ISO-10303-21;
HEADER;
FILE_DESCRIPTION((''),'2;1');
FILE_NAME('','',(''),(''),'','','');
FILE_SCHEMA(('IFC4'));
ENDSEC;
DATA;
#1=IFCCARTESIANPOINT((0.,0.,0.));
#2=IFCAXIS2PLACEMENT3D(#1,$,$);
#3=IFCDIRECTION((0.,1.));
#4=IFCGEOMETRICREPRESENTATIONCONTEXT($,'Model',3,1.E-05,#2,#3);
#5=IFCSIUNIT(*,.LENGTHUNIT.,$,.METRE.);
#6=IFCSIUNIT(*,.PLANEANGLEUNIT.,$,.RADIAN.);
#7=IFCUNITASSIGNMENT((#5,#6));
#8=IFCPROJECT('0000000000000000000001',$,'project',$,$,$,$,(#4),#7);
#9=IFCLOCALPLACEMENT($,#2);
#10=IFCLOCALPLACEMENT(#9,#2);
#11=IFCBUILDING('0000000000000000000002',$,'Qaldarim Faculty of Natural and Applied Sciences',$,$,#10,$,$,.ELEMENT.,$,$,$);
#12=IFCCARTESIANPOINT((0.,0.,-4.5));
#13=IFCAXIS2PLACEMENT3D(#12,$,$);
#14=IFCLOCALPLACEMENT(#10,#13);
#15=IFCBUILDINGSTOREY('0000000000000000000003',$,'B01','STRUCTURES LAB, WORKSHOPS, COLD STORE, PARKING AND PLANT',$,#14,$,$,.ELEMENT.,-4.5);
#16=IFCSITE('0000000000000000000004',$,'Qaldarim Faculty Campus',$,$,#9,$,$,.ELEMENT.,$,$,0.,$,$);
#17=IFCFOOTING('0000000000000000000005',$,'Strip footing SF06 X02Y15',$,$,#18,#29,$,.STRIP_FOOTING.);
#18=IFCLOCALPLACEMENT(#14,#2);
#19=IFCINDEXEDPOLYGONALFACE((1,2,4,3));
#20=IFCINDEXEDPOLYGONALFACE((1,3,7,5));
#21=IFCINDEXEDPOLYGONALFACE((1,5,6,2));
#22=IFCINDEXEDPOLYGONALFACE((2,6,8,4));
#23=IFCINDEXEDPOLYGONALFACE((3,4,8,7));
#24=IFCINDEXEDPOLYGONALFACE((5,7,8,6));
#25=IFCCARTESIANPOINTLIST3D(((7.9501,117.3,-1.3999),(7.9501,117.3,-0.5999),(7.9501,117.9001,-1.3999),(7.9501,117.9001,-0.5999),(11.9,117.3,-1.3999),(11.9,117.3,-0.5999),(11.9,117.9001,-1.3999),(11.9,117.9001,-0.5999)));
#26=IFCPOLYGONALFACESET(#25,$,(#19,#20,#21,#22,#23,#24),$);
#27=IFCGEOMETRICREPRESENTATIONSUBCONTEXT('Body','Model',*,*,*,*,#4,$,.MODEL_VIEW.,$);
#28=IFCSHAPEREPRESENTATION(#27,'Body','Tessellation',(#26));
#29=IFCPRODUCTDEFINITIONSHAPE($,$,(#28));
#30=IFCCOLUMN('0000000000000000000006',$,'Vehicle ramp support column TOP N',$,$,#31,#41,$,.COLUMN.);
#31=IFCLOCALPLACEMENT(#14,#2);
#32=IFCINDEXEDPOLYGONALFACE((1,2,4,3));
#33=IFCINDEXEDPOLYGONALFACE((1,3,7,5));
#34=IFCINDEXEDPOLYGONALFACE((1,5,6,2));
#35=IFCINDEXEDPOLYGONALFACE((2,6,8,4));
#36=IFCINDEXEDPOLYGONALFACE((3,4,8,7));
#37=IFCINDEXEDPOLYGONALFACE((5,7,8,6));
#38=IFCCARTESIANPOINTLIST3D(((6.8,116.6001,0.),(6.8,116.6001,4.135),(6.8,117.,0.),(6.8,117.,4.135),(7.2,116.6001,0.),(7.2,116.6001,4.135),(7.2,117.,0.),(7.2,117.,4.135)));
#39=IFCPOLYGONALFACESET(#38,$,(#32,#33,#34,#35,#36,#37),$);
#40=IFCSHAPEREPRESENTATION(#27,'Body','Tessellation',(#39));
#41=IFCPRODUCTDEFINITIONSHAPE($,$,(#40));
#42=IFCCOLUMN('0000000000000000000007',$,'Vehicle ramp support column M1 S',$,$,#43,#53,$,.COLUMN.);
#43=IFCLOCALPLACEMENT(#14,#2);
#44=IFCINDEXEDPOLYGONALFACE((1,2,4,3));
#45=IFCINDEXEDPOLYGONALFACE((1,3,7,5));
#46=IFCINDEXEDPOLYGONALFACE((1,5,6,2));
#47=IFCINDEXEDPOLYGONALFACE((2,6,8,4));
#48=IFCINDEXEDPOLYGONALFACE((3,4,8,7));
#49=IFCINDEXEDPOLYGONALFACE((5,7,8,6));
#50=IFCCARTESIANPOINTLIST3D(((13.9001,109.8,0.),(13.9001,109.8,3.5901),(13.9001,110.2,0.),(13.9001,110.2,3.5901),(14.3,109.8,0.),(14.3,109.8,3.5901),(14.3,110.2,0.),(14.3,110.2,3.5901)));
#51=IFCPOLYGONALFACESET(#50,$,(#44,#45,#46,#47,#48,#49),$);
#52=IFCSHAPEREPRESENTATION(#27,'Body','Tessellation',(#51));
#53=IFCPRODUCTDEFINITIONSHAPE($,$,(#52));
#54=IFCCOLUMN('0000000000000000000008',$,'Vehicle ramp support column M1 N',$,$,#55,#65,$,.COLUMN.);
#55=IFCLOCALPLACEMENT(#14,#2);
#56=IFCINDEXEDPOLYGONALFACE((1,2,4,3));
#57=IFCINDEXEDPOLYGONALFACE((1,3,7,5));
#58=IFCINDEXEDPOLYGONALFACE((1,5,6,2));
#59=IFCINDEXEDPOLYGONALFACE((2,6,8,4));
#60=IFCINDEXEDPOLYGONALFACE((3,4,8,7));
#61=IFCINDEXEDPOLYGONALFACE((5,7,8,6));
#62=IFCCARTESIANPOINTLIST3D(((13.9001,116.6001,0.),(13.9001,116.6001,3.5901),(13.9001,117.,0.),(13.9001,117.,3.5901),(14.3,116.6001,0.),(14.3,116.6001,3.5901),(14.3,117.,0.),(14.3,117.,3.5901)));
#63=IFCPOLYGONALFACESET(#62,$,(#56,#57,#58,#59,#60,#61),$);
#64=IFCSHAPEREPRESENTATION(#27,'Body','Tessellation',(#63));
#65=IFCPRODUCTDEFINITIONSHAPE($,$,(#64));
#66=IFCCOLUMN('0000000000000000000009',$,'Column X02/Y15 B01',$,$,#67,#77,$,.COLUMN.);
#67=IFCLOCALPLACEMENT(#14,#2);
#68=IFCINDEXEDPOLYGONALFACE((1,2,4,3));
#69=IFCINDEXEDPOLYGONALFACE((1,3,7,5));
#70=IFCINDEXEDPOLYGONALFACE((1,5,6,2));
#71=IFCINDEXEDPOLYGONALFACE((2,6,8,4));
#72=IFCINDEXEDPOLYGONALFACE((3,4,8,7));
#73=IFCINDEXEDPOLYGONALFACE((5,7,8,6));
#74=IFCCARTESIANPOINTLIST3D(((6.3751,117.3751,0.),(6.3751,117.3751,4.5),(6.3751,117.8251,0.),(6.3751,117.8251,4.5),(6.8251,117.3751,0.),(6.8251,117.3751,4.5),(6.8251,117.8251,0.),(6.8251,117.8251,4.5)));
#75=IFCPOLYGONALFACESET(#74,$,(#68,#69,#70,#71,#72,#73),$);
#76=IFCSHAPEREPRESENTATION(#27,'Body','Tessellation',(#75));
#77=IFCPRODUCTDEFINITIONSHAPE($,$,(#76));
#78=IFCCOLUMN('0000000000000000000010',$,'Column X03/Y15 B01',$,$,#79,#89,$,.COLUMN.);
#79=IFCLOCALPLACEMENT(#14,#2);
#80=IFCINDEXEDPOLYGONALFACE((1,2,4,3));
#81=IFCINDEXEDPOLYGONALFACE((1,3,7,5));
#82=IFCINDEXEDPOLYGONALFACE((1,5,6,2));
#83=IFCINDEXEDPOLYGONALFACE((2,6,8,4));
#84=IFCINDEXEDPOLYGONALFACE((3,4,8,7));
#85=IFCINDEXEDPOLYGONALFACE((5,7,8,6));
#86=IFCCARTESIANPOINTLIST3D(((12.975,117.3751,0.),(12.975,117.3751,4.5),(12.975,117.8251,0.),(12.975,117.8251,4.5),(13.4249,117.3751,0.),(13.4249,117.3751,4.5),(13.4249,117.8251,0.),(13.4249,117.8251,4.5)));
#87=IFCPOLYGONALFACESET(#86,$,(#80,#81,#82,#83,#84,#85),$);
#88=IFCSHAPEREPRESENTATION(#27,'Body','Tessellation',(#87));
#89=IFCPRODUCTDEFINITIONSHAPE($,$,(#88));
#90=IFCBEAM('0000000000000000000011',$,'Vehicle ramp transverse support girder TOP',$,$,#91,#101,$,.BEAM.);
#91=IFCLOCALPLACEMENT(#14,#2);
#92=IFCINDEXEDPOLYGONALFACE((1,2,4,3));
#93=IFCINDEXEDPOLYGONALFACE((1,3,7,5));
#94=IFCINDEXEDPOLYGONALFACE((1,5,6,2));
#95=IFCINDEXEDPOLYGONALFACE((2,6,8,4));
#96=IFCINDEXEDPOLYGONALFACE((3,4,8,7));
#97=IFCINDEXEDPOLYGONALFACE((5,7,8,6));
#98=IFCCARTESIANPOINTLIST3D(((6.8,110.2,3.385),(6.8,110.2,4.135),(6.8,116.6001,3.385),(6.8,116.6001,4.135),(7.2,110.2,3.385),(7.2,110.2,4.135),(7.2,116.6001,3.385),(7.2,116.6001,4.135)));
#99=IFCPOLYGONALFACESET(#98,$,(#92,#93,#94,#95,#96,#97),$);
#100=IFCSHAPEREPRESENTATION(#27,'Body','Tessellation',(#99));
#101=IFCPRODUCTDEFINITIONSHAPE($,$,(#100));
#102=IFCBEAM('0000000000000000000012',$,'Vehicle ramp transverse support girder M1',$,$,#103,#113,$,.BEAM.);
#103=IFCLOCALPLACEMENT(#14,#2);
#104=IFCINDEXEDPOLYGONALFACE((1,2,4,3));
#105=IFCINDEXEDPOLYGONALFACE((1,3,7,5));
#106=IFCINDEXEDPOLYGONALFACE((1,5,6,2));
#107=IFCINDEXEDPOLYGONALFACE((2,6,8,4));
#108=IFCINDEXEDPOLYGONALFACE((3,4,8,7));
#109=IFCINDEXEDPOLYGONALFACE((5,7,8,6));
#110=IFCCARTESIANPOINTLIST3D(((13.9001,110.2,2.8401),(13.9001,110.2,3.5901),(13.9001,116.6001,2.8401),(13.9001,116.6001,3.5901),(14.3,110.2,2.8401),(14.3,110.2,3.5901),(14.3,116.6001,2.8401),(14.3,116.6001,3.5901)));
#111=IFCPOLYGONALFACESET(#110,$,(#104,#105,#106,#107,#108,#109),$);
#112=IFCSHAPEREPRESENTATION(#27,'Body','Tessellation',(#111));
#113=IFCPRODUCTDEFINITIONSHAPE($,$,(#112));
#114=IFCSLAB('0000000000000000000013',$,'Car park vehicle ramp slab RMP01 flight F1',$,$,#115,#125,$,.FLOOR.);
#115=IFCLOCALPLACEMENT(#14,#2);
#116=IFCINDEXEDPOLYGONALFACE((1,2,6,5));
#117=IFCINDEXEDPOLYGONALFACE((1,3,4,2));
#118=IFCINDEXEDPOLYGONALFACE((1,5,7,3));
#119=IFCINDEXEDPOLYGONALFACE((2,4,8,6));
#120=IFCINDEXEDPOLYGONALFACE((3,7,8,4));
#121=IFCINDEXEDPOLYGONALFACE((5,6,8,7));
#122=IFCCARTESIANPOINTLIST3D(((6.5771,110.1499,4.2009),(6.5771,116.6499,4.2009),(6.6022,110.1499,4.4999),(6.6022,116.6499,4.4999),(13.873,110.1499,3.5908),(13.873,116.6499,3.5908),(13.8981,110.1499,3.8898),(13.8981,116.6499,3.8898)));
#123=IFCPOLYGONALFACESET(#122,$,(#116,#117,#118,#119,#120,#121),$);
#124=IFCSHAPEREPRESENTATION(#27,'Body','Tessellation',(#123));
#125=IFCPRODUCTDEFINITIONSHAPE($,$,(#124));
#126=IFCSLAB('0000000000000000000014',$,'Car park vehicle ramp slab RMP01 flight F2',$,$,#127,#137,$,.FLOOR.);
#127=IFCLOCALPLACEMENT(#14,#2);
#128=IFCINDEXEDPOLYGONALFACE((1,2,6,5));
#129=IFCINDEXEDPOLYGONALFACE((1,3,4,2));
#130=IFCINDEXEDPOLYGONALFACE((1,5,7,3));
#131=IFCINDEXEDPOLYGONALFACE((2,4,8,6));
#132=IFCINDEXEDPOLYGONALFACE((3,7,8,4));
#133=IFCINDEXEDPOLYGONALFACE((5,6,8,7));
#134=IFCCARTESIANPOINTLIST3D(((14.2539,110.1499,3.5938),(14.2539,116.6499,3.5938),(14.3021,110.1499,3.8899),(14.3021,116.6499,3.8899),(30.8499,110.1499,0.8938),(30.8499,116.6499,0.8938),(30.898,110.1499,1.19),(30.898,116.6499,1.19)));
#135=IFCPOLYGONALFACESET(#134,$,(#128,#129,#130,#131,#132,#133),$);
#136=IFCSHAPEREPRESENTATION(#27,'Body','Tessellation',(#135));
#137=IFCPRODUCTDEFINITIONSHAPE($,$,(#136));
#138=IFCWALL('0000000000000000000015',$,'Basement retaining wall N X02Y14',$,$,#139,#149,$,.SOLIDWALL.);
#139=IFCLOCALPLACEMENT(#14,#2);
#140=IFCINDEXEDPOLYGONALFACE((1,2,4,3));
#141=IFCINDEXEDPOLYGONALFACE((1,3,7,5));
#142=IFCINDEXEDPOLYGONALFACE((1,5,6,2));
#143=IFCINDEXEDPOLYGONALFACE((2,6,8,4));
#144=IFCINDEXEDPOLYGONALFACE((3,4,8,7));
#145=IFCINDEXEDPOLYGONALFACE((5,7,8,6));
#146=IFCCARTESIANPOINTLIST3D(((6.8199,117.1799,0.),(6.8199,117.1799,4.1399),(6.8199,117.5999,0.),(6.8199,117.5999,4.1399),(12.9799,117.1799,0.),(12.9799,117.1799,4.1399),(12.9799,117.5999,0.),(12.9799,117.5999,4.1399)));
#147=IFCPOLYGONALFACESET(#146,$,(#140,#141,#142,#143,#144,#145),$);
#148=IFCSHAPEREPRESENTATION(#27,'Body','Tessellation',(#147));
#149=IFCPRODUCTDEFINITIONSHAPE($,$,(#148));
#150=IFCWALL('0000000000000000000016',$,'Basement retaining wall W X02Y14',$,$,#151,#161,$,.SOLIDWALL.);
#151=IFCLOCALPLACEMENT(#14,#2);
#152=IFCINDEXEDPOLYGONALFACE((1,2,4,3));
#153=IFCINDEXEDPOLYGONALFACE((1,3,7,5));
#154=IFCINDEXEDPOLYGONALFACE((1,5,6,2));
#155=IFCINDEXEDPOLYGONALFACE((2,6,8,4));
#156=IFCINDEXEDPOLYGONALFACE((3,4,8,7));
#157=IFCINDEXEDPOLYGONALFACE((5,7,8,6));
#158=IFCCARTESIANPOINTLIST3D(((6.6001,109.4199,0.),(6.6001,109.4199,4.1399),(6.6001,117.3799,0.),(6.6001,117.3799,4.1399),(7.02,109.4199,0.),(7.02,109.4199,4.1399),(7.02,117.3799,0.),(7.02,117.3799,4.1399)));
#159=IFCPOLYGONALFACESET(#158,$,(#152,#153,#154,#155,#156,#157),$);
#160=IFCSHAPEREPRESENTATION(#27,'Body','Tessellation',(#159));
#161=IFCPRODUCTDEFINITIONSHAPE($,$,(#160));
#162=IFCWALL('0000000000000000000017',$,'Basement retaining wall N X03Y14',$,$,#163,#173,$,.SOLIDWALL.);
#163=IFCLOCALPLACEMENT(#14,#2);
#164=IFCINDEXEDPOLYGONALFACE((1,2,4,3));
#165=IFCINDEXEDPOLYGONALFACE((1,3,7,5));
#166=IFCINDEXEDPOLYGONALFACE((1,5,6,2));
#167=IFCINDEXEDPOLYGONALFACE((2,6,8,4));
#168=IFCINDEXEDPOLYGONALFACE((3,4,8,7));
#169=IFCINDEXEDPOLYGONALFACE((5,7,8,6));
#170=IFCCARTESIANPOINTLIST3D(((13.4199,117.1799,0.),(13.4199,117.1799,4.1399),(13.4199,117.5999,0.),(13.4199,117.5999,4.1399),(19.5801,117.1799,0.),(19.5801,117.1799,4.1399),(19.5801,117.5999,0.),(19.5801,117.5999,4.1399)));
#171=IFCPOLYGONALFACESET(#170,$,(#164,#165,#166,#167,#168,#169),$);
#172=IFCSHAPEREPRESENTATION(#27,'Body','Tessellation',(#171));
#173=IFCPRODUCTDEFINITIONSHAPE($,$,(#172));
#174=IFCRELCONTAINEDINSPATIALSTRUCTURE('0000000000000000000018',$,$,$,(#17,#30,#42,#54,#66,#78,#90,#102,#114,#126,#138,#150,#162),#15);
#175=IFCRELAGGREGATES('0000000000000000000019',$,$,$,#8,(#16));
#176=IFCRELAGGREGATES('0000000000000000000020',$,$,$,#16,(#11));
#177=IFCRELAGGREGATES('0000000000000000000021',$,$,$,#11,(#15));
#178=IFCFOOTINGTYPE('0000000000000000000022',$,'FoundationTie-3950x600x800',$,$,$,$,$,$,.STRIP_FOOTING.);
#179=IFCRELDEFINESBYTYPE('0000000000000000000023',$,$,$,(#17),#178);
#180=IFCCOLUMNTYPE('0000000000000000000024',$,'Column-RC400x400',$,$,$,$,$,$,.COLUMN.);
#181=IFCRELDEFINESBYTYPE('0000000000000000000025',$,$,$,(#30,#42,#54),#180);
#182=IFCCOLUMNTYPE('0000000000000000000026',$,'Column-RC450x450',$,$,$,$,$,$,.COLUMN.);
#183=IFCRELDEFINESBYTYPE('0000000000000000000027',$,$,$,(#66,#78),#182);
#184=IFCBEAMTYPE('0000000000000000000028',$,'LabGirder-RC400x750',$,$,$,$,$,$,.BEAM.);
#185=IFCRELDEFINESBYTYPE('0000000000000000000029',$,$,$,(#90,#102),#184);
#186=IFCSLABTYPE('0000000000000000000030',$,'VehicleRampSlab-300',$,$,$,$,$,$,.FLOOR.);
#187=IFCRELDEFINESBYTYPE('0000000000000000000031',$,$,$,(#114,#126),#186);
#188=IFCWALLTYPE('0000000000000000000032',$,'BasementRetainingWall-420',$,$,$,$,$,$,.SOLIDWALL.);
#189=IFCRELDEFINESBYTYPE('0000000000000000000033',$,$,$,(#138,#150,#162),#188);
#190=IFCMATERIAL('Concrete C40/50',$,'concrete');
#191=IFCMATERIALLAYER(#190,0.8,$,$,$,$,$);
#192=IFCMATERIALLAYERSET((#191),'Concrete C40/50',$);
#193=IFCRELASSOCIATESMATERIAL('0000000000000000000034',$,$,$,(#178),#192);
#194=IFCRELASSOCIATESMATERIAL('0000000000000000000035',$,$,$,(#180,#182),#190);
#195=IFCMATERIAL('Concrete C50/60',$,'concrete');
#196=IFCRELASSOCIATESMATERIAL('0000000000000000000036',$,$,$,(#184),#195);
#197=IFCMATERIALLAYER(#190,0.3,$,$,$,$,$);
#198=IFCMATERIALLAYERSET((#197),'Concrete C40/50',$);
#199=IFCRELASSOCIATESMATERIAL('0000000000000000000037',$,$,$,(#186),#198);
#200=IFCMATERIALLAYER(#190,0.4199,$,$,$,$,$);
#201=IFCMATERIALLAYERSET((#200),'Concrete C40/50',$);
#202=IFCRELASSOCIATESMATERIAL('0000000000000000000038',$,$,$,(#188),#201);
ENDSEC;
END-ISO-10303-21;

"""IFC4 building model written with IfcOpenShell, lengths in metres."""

from ifc_helpers import new_model, si_unit, direction, frame, frame_2d, origin, origin_2d, place, context, subcontext, project, spatial, polyline, rectangle, outline, extrude, material, layer, layer_set, material_profile, profile_set, type_object, element, save


model = new_model("IFC4")

# Units and contexts
model_context = context("Model", 3, precision=1e-05, world=origin(), true_north=direction((0.0, 1.0)))
body_context = subcontext(model_context, "Body", "Model", "MODEL_VIEW")
ifc_project = project(units=[si_unit("LENGTHUNIT", "METRE"), si_unit("PLANEANGLEUNIT", "RADIAN")], contexts=[model_context])

# Site, building, storey
site_placement = place(None, origin())
site = spatial("IfcSite", under=ifc_project, at=site_placement, Name="Qaldarim Faculty Campus", CompositionType="ELEMENT", RefElevation=0.0)
building_placement = place(site_placement, origin())
building = spatial("IfcBuilding", under=site, at=building_placement, Name="Qaldarim Faculty of Natural and Applied Sciences", CompositionType="ELEMENT")
storey_placement = place(building_placement, frame((0.0, 0.0, -4.5)))
storey = spatial("IfcBuildingStorey", under=building, at=storey_placement, Name="B01", Description="STRUCTURES LAB, WORKSHOPS, COLD STORE, PARKING AND PLANT", CompositionType="ELEMENT", Elevation=-4.5)

# Shared definitions
ifc_material_1 = material(Name="Concrete C40/50", Category="concrete")

# Footing
ifc_layer_1 = layer(ifc_material_1, 0.8)
ifc_layer_set_1 = layer_set([ifc_layer_1], Name="Concrete C40/50")
footing_type_1 = type_object("IfcFootingType", Name="FoundationTie-3950x600x800", PredefinedType="STRIP_FOOTING", material=ifc_layer_set_1)
footing_1_placement = place(storey_placement, frame((9.925, 117.6001, -1.3999), z_axis=(0.0, 0.0, 1.0), x_axis=(1.0, 0.0, 0.0)))
element("IfcFooting", 1, at=footing_1_placement, inside=storey, type_object=footing_type_1, Name="Strip footing SF06 X02Y15", PredefinedType="STRIP_FOOTING", context=body_context, shape_type="SweptSolid", body=[
    extrude(rectangle(XDim=3.95, YDim=0.6001, at=origin_2d()), origin(), (0.0, 0.0, 1.0), 0.8),
])

# Columns
ifc_material_profile_1 = material_profile(ifc_material_1, rectangle(XDim=0.3999, YDim=0.3999, at=origin_2d()), Name="RC-C400x400")
ifc_profile_set_1 = profile_set([ifc_material_profile_1], Name="Concrete C40/50")
column_type_1 = type_object("IfcColumnType", Name="Column-RC400x400", PredefinedType="COLUMN", material=ifc_profile_set_1)
column_placement = place(storey_placement, frame((7.0, 116.8, 0.0), z_axis=(0.0, 0.0, 1.0), x_axis=(1.0, 0.0, 0.0)))
element("IfcColumn", 2, at=column_placement, inside=storey, type_object=column_type_1, Name="Vehicle ramp support column TOP N", PredefinedType="COLUMN", context=body_context, shape_type="SweptSolid", body=[
    extrude(rectangle(XDim=0.3999, YDim=0.3999, at=origin_2d()), origin(), (0.0, 0.0, 1.0), 4.135),
])
for number, where, z_axis, x_axis, name in (
    (3, (14.1001, 110.0, 0.0), (0.0, 0.0, 1.0), (1.0, 0.0, 0.0), "Vehicle ramp support column M1 S"),
    (4, (14.1001, 116.8, 0.0), (0.0, 0.0, 1.0), (1.0, 0.0, 0.0), "Vehicle ramp support column M1 N"),
):
    element("IfcColumn", number, at=place(storey_placement, frame(where, z_axis=z_axis, x_axis=x_axis)), inside=storey, type_object=column_type_1, Name=name, PredefinedType="COLUMN", context=body_context, shape_type="SweptSolid", body=[
        extrude(rectangle(XDim=0.3999, YDim=0.3999, at=origin_2d()), origin(), (0.0, 0.0, 1.0), 3.5901),
    ])
ifc_material_profile_2 = material_profile(ifc_material_1, rectangle(XDim=0.45, YDim=0.45, at=origin_2d()), Name="RC-C450x450")
ifc_profile_set_2 = profile_set([ifc_material_profile_2], Name="Concrete C40/50")
column_type_2 = type_object("IfcColumnType", Name="Column-RC450x450", PredefinedType="COLUMN", material=ifc_profile_set_2)
for number, where, z_axis, x_axis, name in (
    (5, (6.6001, 117.6001, 0.0), (0.0, 0.0, 1.0), (1.0, 0.0, 0.0), "Column X02/Y15 B01"),
    (6, (13.2, 117.6001, 0.0), (0.0, 0.0, 1.0), (1.0, 0.0, 0.0), "Column X03/Y15 B01"),
):
    element("IfcColumn", number, at=place(storey_placement, frame(where, z_axis=z_axis, x_axis=x_axis)), inside=storey, type_object=column_type_2, Name=name, PredefinedType="COLUMN", context=body_context, shape_type="SweptSolid", body=[
        extrude(rectangle(XDim=0.45, YDim=0.45, at=origin_2d()), origin(), (0.0, 0.0, 1.0), 4.5),
    ])

# Beams
ifc_material_2 = material(Name="Concrete C50/60", Category="concrete")
ifc_material_profile_3 = material_profile(ifc_material_2, rectangle(XDim=0.3999, YDim=0.75, at=origin_2d()), Name="RC-B400x750")
ifc_profile_set_3 = profile_set([ifc_material_profile_3], Name="Concrete C50/60")
beam_type = type_object("IfcBeamType", Name="LabGirder-RC400x750", PredefinedType="BEAM", material=ifc_profile_set_3)
for number, where, z_axis, x_axis, name in (
    (7, (7.0, 110.2, 3.76), (0.0, 1.0, 0.0), (-1.0, 0.0, 0.0), "Vehicle ramp transverse support girder TOP"),
    (8, (14.1001, 110.2, 3.2151), (0.0, 1.0, 0.0), (-1.0, 0.0, 0.0), "Vehicle ramp transverse support girder M1"),
):
    element("IfcBeam", number, at=place(storey_placement, frame(where, z_axis=z_axis, x_axis=x_axis)), inside=storey, type_object=beam_type, Name=name, PredefinedType="BEAM", context=body_context, shape_type="SweptSolid", body=[
        extrude(rectangle(XDim=0.3999, YDim=0.75, at=origin_2d()), origin(), (0.0, 0.0, 1.0), 6.4001),
    ])

# Slabs
ifc_layer_2 = layer(ifc_material_1, 0.3)
ifc_layer_set_2 = layer_set([ifc_layer_2], Name="Concrete C40/50")
slab_type = type_object("IfcSlabType", Name="VehicleRampSlab-300", PredefinedType="FLOOR", material=ifc_layer_set_2)
slab_1_placement = place(storey_placement, frame((6.5771, 110.1499, 4.2009), z_axis=(0.083332, 0.0, 0.996522), x_axis=(0.996522, 0.0, -0.083332)))
element("IfcSlab", 9, at=slab_1_placement, inside=storey, type_object=slab_type, Name="Car park vehicle ramp slab RMP01 flight F1", PredefinedType="FLOOR", context=body_context, shape_type="SweptSolid", body=[
    extrude(outline(polyline([(0.0, 0.0), (7.3214, 0.0), (7.3214, 6.5), (0.0, 6.5), (0.0, 0.0)])), origin(), (0.0, 0.0, 1.0), 0.3),
])
slab_2_placement = place(storey_placement, frame((14.2539, 110.1499, 3.5938), z_axis=(0.160576, 0.0, 0.987023), x_axis=(0.987023, 0.0, -0.160576)))
element("IfcSlab", 10, at=slab_2_placement, inside=storey, type_object=slab_type, Name="Car park vehicle ramp slab RMP01 flight F2", PredefinedType="FLOOR", context=body_context, shape_type="SweptSolid", body=[
    extrude(outline(polyline([(0.0, 0.0), (16.8141, 0.0), (16.8141, 6.5), (0.0, 6.5), (0.0, 0.0)])), origin(), (0.0, 0.0, 1.0), 0.3),
])

# Walls
ifc_layer_3 = layer(ifc_material_1, 0.4199)
ifc_layer_set_3 = layer_set([ifc_layer_3], Name="Concrete C40/50")
wall_type = type_object("IfcWallType", Name="BasementRetainingWall-420", PredefinedType="SOLIDWALL", material=ifc_layer_set_3)
wall_1_placement = place(storey_placement, frame((12.98, 117.3899, 0.0), z_axis=(0.0, 0.0, 1.0), x_axis=(-1.0, 0.0, 0.0)))
element("IfcWall", 11, at=wall_1_placement, inside=storey, type_object=wall_type, Name="Basement retaining wall N X02Y14", PredefinedType="SOLIDWALL", context=body_context, shape_type="SweptSolid", body=[
    extrude(rectangle(XDim=6.1599, YDim=0.4199, at=frame_2d((3.0801, 0.0))), origin(), (0.0, 0.0, 1.0), 4.1399),
])
wall_2_placement = place(storey_placement, frame((6.8101, 117.3799, 0.0), z_axis=(0.0, 0.0, 1.0), x_axis=(0.0, -1.0, 0.0)))
element("IfcWall", 12, at=wall_2_placement, inside=storey, type_object=wall_type, Name="Basement retaining wall W X02Y14", PredefinedType="SOLIDWALL", context=body_context, shape_type="SweptSolid", body=[
    extrude(rectangle(XDim=7.96, YDim=0.4199, at=frame_2d((3.98, 0.0))), origin(), (0.0, 0.0, 1.0), 4.1399),
])
wall_3_placement = place(storey_placement, frame((19.5801, 117.3899, 0.0), z_axis=(0.0, 0.0, 1.0), x_axis=(-1.0, 0.0, 0.0)))
element("IfcWall", 13, at=wall_3_placement, inside=storey, type_object=wall_type, Name="Basement retaining wall N X03Y14", PredefinedType="SOLIDWALL", context=body_context, shape_type="SweptSolid", body=[
    extrude(rectangle(XDim=6.1602, YDim=0.4199, at=frame_2d((3.0801, 0.0))), origin(), (0.0, 0.0, 1.0), 4.1399),
])

save(model, "model.ifc")
